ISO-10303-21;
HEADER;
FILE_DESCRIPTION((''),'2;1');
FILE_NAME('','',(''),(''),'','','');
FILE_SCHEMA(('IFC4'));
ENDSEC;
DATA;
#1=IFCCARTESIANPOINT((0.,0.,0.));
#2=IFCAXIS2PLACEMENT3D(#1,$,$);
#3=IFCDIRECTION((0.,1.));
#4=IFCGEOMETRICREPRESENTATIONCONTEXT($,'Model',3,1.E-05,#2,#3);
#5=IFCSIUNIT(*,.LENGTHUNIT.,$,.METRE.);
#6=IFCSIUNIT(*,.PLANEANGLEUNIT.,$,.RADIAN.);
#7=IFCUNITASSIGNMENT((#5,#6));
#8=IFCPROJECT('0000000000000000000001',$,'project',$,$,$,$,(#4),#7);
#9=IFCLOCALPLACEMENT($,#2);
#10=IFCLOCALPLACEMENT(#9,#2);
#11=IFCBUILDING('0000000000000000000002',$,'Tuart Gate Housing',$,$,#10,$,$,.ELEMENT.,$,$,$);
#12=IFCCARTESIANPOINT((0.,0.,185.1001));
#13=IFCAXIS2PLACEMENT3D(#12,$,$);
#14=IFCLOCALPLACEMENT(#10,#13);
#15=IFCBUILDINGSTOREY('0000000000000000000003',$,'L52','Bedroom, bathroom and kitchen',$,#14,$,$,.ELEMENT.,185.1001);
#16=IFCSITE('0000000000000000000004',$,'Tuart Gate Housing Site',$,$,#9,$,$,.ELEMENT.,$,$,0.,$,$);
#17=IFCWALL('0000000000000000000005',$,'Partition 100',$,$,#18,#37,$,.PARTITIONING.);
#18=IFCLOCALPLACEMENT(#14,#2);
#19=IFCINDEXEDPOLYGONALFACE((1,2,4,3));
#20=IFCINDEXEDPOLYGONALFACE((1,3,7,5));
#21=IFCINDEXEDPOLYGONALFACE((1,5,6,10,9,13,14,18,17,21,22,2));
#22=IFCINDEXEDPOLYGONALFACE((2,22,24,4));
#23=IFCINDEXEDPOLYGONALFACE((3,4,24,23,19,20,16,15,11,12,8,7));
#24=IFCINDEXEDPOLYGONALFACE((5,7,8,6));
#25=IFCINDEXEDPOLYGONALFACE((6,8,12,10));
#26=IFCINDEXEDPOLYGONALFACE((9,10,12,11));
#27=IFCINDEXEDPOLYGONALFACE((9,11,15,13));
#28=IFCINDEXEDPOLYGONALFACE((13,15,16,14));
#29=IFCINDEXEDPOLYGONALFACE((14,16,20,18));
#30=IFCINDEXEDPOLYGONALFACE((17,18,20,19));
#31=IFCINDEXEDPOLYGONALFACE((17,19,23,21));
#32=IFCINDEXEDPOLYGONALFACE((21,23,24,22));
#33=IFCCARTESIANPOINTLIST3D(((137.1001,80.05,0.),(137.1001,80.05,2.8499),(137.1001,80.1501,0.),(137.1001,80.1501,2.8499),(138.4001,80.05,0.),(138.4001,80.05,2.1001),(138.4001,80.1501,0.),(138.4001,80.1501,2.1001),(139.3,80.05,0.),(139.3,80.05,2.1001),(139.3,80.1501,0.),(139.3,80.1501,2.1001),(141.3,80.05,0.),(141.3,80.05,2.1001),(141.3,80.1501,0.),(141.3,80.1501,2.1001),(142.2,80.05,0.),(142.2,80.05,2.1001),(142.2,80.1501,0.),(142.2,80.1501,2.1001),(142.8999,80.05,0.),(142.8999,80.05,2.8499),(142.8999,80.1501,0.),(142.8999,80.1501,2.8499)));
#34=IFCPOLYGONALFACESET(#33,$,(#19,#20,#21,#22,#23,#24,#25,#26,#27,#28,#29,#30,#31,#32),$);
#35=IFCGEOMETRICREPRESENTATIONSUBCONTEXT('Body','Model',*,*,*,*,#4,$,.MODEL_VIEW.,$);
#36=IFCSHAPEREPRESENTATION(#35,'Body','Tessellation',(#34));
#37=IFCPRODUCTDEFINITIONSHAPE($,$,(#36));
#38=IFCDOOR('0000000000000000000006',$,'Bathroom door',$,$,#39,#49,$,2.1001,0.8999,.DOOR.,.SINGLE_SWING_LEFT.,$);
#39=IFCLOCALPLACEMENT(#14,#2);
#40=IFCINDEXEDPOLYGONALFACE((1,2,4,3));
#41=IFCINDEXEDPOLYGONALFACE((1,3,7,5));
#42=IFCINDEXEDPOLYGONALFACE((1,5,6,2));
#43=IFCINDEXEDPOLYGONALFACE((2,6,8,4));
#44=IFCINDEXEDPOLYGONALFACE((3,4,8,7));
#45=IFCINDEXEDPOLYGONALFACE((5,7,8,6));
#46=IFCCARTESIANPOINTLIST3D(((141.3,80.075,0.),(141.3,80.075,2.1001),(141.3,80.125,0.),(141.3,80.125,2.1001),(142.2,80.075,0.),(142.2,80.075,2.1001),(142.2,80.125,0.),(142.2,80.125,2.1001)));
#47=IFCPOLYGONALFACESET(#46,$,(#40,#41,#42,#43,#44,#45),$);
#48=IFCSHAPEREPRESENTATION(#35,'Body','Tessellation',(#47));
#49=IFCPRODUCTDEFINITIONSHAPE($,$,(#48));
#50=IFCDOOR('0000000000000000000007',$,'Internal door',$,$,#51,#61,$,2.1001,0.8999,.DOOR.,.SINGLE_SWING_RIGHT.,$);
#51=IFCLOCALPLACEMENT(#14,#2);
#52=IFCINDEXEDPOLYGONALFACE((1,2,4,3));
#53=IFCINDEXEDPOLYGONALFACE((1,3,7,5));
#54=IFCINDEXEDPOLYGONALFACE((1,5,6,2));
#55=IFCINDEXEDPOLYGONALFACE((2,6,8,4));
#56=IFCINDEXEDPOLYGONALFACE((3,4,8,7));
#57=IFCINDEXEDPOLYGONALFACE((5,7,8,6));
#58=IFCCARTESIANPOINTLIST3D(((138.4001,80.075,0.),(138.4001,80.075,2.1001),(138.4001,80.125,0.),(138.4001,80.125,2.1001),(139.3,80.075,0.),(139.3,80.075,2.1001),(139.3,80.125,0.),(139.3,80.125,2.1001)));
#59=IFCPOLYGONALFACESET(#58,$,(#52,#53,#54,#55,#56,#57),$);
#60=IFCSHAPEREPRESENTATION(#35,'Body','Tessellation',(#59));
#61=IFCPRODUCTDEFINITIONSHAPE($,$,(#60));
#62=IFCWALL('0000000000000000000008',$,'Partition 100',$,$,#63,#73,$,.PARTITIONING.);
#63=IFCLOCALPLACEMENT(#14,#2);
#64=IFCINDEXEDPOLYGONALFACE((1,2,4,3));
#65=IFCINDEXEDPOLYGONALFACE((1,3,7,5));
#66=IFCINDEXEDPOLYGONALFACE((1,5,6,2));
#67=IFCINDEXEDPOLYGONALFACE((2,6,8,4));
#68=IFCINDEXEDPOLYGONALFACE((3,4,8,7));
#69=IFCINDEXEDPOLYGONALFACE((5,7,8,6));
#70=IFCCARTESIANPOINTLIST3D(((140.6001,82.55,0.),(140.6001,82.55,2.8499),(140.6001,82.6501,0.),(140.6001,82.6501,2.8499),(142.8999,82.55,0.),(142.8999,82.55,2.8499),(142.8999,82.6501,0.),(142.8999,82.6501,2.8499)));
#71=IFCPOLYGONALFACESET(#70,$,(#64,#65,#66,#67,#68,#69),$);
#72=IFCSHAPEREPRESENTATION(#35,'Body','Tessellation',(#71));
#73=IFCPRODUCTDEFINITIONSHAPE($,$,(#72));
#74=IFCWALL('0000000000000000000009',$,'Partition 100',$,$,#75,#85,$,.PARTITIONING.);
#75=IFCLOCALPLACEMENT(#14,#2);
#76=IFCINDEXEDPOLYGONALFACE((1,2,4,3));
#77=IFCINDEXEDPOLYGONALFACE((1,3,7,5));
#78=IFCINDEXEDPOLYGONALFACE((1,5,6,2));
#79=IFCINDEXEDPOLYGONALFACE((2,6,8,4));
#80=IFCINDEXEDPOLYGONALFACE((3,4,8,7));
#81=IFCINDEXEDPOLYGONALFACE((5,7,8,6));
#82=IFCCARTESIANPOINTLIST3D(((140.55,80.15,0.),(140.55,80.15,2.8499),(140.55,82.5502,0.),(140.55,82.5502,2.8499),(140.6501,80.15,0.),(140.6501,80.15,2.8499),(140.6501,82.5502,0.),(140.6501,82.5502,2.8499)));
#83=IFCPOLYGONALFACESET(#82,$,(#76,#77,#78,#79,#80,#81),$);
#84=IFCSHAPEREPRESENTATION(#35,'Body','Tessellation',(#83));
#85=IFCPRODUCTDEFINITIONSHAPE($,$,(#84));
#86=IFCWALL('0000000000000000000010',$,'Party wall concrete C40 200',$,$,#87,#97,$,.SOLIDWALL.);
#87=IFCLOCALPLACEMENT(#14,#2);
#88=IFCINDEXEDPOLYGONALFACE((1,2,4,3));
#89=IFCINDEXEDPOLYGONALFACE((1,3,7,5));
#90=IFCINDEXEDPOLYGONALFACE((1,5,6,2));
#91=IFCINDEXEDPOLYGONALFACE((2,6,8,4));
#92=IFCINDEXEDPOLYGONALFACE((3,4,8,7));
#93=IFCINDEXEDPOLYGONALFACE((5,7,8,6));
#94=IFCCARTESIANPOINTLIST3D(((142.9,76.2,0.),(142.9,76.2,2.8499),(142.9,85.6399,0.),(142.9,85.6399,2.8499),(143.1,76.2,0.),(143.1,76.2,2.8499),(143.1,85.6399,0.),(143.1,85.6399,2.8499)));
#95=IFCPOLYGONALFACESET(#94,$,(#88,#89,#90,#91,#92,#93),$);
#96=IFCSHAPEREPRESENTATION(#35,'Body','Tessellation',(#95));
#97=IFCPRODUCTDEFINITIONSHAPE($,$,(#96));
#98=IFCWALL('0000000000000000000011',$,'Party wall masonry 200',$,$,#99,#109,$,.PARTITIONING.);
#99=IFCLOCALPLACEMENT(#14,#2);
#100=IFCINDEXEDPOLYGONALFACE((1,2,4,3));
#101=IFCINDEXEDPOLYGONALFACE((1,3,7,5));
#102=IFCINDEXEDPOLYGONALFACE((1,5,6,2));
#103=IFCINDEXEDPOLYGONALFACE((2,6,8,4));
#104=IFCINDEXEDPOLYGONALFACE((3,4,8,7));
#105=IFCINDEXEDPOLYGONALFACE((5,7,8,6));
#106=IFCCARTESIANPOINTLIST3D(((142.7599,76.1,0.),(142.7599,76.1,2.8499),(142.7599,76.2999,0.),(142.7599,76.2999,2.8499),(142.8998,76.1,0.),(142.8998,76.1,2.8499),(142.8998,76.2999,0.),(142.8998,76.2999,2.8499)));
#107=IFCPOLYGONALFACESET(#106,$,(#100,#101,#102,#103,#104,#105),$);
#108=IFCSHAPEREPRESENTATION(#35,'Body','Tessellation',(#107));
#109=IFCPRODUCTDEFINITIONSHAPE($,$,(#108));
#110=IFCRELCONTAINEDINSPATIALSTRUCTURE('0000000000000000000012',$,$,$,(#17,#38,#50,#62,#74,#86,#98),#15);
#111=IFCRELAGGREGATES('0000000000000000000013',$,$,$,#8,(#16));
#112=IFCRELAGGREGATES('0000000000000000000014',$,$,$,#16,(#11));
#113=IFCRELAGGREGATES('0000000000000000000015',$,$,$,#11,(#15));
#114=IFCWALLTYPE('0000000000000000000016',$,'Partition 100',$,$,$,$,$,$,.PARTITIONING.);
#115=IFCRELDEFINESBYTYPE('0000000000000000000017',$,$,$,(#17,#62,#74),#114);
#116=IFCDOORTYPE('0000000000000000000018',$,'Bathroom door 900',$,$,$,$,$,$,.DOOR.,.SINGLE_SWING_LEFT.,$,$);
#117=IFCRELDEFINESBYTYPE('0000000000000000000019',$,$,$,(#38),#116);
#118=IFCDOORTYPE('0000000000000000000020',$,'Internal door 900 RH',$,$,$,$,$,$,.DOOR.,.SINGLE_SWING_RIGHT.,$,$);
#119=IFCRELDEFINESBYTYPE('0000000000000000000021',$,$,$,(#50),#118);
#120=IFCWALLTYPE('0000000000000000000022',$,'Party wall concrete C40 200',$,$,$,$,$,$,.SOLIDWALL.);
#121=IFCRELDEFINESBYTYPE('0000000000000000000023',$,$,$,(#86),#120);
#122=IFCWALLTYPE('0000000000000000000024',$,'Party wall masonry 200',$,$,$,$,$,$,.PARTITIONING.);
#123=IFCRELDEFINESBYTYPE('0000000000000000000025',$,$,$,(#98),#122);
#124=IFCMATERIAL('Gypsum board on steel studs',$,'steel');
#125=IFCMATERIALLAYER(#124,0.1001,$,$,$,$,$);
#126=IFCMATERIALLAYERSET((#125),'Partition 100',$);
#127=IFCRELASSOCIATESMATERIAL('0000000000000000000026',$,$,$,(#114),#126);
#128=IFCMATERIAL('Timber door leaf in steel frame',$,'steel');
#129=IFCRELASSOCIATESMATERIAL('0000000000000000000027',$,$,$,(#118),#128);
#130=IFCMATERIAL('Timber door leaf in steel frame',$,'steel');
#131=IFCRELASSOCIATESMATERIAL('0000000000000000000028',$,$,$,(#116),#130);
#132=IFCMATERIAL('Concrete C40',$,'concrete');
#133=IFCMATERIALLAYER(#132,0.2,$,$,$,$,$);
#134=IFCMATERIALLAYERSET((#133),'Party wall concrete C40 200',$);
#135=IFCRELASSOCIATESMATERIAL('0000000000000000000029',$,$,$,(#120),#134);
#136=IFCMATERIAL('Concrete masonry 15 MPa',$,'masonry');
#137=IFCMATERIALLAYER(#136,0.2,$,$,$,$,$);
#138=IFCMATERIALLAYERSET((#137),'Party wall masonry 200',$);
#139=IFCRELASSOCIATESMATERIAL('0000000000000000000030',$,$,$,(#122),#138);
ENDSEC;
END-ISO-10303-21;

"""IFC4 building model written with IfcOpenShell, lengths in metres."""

from ifc_helpers import new_model, si_unit, direction, frame, frame_2d, origin, place, context, subcontext, project, spatial, rectangle, extrude, material, layer, layer_set, type_object, element, fill, save


model = new_model("IFC4")

# Units and contexts
model_context = context("Model", 3, precision=1e-05, world=origin(), true_north=direction((0.0, 1.0)))
body_context = subcontext(model_context, "Body", "Model", "MODEL_VIEW")
ifc_project = project(units=[si_unit("LENGTHUNIT", "METRE"), si_unit("PLANEANGLEUNIT", "RADIAN")], contexts=[model_context])

# Site, building, storey
site_placement = place(None, origin())
site = spatial("IfcSite", under=ifc_project, at=site_placement, Name="Tuart Gate Housing Site", CompositionType="ELEMENT", RefElevation=0.0)
building_placement = place(site_placement, origin())
building = spatial("IfcBuilding", under=site, at=building_placement, Name="Tuart Gate Housing", CompositionType="ELEMENT")
storey_placement = place(building_placement, frame((0.0, 0.0, 185.1001)))
storey = spatial("IfcBuildingStorey", under=building, at=storey_placement, Name="L52", Description="Bedroom, bathroom and kitchen", CompositionType="ELEMENT", Elevation=185.1001)

# Shared definitions
ifc_material_1 = material(Name="Gypsum board on steel studs", Category="steel")
ifc_layer_1 = layer(ifc_material_1, 0.1001)
ifc_layer_set_1 = layer_set([ifc_layer_1], Name="Partition 100")
wall_type_1 = type_object("IfcWallType", Name="Partition 100", PredefinedType="PARTITIONING", material=ifc_layer_set_1)

# Shared definitions
ifc_material_2 = material(Name="Timber door leaf in steel frame", Category="steel")
door_type_1 = type_object("IfcDoorType", Name="Internal door 900 RH", OperationType="SINGLE_SWING_RIGHT", PredefinedType="DOOR", material=ifc_material_2)

# Wall, openings, doors
wall_1_placement = place(storey_placement, frame((137.1001, 80.1001, 0.0), z_axis=(0.0, 0.0, 1.0), x_axis=(1.0, 0.0, 0.0)))
wall_1 = element("IfcWall", 1, at=wall_1_placement, inside=storey, type_object=wall_type_1, Name="Partition 100", PredefinedType="PARTITIONING", context=body_context, shape_type="SweptSolid", body=[
    extrude(rectangle(XDim=5.7998, YDim=0.1001, at=frame_2d((2.8999, 0.0))), origin(), (0.0, 0.0, 1.0), 2.8499),
])
opening_1_placement = place(wall_1_placement, frame((1.3, 0.0, 0.0)))
opening_1 = element("IfcOpeningElement", 2, at=opening_1_placement, cuts=wall_1, PredefinedType="OPENING", context=body_context, shape_type="SweptSolid", body=[
    extrude(rectangle(XDim=0.8999, YDim=2.1001, at=frame_2d((0.45, 1.05))), frame((0.0, 0.0601, 0.0), z_axis=(0.0, -1.0, 0.0), x_axis=(1.0, 0.0, 0.0)), (0.0, 0.0, 1.0), 0.1201),
])
opening_2_placement = place(wall_1_placement, frame((4.2, 0.0, 0.0)))
opening_2 = element("IfcOpeningElement", 3, at=opening_2_placement, cuts=wall_1, PredefinedType="OPENING", context=body_context, shape_type="SweptSolid", body=[
    extrude(rectangle(XDim=0.8999, YDim=2.1001, at=frame_2d((0.45, 1.05))), frame((0.0, 0.0601, 0.0), z_axis=(0.0, -1.0, 0.0), x_axis=(1.0, 0.0, 0.0)), (0.0, 0.0, 1.0), 0.1201),
])
ifc_material_3 = material(Name="Timber door leaf in steel frame", Category="steel")
door_type_2 = type_object("IfcDoorType", Name="Bathroom door 900", OperationType="SINGLE_SWING_LEFT", PredefinedType="DOOR", material=ifc_material_3)
door_1_placement = place(opening_2_placement, origin())
door_1 = element("IfcDoor", 4, at=door_1_placement, inside=storey, type_object=door_type_2, Name="Bathroom door", OperationType="SINGLE_SWING_LEFT", OverallHeight=2.1001, OverallWidth=0.8999, PredefinedType="DOOR", context=body_context, shape_type="SweptSolid", body=[
    extrude(rectangle(XDim=0.8999, YDim=2.1001, at=frame_2d((0.45, 1.05))), frame((0.0, 0.0249, 0.0), z_axis=(0.0, -1.0, 0.0), x_axis=(1.0, 0.0, 0.0)), (0.0, 0.0, 1.0), 0.05),
])
fill(opening_2, door_1)
door_2_placement = place(opening_1_placement, origin())
door_2 = element("IfcDoor", 5, at=door_2_placement, inside=storey, type_object=door_type_1, Name="Internal door", OperationType="SINGLE_SWING_RIGHT", OverallHeight=2.1001, OverallWidth=0.8999, PredefinedType="DOOR", context=body_context, shape_type="SweptSolid", body=[
    extrude(rectangle(XDim=0.8999, YDim=2.1001, at=frame_2d((0.45, 1.05))), frame((0.0, 0.0249, 0.0), z_axis=(0.0, -1.0, 0.0), x_axis=(1.0, 0.0, 0.0)), (0.0, 0.0, 1.0), 0.05),
])
fill(opening_1, door_2)

# Walls
wall_2_placement = place(storey_placement, frame((140.6001, 82.6001, 0.0), z_axis=(0.0, 0.0, 1.0), x_axis=(1.0, 0.0, 0.0)))
element("IfcWall", 6, at=wall_2_placement, inside=storey, type_object=wall_type_1, Name="Partition 100", PredefinedType="PARTITIONING", context=body_context, shape_type="SweptSolid", body=[
    extrude(rectangle(XDim=2.2998, YDim=0.1001, at=frame_2d((1.1499, 0.0))), origin(), (0.0, 0.0, 1.0), 2.8499),
])
wall_3_placement = place(storey_placement, frame((140.6001, 80.1499, 0.0), z_axis=(0.0, 0.0, 1.0), x_axis=(0.0, 1.0, 0.0)))
element("IfcWall", 7, at=wall_3_placement, inside=storey, type_object=wall_type_1, Name="Partition 100", PredefinedType="PARTITIONING", context=body_context, shape_type="SweptSolid", body=[
    extrude(rectangle(XDim=2.4001, YDim=0.1001, at=frame_2d((1.2002, 0.0))), origin(), (0.0, 0.0, 1.0), 2.8499),
])
ifc_material_4 = material(Name="Concrete C40", Category="concrete")
ifc_layer_2 = layer(ifc_material_4, 0.2)
ifc_layer_set_2 = layer_set([ifc_layer_2], Name="Party wall concrete C40 200")
wall_type_2 = type_object("IfcWallType", Name="Party wall concrete C40 200", PredefinedType="SOLIDWALL", material=ifc_layer_set_2)
wall_4_placement = place(storey_placement, frame((143.0, 76.2, 0.0), z_axis=(0.0, 0.0, 1.0), x_axis=(0.0, 1.0, 0.0)))
element("IfcWall", 8, at=wall_4_placement, inside=storey, type_object=wall_type_2, Name="Party wall concrete C40 200", PredefinedType="SOLIDWALL", context=body_context, shape_type="SweptSolid", body=[
    extrude(rectangle(XDim=9.4399, YDim=0.2, at=frame_2d((4.72, 0.0))), origin(), (0.0, 0.0, 1.0), 2.8499),
])
ifc_material_5 = material(Name="Concrete masonry 15 MPa", Category="masonry")
ifc_layer_3 = layer(ifc_material_5, 0.2)
ifc_layer_set_3 = layer_set([ifc_layer_3], Name="Party wall masonry 200")
wall_type_3 = type_object("IfcWallType", Name="Party wall masonry 200", PredefinedType="PARTITIONING", material=ifc_layer_set_3)
wall_5_placement = place(storey_placement, frame((142.76, 76.2, 0.0), z_axis=(0.0, 0.0, 1.0), x_axis=(1.0, 0.0, 0.0)))
element("IfcWall", 9, at=wall_5_placement, inside=storey, type_object=wall_type_3, Name="Party wall masonry 200", PredefinedType="PARTITIONING", context=body_context, shape_type="SweptSolid", body=[
    extrude(rectangle(XDim=0.1399, YDim=0.2, at=frame_2d((0.0698, 0.0))), origin(), (0.0, 0.0, 1.0), 2.8499),
])

save(model, "model.ifc")
